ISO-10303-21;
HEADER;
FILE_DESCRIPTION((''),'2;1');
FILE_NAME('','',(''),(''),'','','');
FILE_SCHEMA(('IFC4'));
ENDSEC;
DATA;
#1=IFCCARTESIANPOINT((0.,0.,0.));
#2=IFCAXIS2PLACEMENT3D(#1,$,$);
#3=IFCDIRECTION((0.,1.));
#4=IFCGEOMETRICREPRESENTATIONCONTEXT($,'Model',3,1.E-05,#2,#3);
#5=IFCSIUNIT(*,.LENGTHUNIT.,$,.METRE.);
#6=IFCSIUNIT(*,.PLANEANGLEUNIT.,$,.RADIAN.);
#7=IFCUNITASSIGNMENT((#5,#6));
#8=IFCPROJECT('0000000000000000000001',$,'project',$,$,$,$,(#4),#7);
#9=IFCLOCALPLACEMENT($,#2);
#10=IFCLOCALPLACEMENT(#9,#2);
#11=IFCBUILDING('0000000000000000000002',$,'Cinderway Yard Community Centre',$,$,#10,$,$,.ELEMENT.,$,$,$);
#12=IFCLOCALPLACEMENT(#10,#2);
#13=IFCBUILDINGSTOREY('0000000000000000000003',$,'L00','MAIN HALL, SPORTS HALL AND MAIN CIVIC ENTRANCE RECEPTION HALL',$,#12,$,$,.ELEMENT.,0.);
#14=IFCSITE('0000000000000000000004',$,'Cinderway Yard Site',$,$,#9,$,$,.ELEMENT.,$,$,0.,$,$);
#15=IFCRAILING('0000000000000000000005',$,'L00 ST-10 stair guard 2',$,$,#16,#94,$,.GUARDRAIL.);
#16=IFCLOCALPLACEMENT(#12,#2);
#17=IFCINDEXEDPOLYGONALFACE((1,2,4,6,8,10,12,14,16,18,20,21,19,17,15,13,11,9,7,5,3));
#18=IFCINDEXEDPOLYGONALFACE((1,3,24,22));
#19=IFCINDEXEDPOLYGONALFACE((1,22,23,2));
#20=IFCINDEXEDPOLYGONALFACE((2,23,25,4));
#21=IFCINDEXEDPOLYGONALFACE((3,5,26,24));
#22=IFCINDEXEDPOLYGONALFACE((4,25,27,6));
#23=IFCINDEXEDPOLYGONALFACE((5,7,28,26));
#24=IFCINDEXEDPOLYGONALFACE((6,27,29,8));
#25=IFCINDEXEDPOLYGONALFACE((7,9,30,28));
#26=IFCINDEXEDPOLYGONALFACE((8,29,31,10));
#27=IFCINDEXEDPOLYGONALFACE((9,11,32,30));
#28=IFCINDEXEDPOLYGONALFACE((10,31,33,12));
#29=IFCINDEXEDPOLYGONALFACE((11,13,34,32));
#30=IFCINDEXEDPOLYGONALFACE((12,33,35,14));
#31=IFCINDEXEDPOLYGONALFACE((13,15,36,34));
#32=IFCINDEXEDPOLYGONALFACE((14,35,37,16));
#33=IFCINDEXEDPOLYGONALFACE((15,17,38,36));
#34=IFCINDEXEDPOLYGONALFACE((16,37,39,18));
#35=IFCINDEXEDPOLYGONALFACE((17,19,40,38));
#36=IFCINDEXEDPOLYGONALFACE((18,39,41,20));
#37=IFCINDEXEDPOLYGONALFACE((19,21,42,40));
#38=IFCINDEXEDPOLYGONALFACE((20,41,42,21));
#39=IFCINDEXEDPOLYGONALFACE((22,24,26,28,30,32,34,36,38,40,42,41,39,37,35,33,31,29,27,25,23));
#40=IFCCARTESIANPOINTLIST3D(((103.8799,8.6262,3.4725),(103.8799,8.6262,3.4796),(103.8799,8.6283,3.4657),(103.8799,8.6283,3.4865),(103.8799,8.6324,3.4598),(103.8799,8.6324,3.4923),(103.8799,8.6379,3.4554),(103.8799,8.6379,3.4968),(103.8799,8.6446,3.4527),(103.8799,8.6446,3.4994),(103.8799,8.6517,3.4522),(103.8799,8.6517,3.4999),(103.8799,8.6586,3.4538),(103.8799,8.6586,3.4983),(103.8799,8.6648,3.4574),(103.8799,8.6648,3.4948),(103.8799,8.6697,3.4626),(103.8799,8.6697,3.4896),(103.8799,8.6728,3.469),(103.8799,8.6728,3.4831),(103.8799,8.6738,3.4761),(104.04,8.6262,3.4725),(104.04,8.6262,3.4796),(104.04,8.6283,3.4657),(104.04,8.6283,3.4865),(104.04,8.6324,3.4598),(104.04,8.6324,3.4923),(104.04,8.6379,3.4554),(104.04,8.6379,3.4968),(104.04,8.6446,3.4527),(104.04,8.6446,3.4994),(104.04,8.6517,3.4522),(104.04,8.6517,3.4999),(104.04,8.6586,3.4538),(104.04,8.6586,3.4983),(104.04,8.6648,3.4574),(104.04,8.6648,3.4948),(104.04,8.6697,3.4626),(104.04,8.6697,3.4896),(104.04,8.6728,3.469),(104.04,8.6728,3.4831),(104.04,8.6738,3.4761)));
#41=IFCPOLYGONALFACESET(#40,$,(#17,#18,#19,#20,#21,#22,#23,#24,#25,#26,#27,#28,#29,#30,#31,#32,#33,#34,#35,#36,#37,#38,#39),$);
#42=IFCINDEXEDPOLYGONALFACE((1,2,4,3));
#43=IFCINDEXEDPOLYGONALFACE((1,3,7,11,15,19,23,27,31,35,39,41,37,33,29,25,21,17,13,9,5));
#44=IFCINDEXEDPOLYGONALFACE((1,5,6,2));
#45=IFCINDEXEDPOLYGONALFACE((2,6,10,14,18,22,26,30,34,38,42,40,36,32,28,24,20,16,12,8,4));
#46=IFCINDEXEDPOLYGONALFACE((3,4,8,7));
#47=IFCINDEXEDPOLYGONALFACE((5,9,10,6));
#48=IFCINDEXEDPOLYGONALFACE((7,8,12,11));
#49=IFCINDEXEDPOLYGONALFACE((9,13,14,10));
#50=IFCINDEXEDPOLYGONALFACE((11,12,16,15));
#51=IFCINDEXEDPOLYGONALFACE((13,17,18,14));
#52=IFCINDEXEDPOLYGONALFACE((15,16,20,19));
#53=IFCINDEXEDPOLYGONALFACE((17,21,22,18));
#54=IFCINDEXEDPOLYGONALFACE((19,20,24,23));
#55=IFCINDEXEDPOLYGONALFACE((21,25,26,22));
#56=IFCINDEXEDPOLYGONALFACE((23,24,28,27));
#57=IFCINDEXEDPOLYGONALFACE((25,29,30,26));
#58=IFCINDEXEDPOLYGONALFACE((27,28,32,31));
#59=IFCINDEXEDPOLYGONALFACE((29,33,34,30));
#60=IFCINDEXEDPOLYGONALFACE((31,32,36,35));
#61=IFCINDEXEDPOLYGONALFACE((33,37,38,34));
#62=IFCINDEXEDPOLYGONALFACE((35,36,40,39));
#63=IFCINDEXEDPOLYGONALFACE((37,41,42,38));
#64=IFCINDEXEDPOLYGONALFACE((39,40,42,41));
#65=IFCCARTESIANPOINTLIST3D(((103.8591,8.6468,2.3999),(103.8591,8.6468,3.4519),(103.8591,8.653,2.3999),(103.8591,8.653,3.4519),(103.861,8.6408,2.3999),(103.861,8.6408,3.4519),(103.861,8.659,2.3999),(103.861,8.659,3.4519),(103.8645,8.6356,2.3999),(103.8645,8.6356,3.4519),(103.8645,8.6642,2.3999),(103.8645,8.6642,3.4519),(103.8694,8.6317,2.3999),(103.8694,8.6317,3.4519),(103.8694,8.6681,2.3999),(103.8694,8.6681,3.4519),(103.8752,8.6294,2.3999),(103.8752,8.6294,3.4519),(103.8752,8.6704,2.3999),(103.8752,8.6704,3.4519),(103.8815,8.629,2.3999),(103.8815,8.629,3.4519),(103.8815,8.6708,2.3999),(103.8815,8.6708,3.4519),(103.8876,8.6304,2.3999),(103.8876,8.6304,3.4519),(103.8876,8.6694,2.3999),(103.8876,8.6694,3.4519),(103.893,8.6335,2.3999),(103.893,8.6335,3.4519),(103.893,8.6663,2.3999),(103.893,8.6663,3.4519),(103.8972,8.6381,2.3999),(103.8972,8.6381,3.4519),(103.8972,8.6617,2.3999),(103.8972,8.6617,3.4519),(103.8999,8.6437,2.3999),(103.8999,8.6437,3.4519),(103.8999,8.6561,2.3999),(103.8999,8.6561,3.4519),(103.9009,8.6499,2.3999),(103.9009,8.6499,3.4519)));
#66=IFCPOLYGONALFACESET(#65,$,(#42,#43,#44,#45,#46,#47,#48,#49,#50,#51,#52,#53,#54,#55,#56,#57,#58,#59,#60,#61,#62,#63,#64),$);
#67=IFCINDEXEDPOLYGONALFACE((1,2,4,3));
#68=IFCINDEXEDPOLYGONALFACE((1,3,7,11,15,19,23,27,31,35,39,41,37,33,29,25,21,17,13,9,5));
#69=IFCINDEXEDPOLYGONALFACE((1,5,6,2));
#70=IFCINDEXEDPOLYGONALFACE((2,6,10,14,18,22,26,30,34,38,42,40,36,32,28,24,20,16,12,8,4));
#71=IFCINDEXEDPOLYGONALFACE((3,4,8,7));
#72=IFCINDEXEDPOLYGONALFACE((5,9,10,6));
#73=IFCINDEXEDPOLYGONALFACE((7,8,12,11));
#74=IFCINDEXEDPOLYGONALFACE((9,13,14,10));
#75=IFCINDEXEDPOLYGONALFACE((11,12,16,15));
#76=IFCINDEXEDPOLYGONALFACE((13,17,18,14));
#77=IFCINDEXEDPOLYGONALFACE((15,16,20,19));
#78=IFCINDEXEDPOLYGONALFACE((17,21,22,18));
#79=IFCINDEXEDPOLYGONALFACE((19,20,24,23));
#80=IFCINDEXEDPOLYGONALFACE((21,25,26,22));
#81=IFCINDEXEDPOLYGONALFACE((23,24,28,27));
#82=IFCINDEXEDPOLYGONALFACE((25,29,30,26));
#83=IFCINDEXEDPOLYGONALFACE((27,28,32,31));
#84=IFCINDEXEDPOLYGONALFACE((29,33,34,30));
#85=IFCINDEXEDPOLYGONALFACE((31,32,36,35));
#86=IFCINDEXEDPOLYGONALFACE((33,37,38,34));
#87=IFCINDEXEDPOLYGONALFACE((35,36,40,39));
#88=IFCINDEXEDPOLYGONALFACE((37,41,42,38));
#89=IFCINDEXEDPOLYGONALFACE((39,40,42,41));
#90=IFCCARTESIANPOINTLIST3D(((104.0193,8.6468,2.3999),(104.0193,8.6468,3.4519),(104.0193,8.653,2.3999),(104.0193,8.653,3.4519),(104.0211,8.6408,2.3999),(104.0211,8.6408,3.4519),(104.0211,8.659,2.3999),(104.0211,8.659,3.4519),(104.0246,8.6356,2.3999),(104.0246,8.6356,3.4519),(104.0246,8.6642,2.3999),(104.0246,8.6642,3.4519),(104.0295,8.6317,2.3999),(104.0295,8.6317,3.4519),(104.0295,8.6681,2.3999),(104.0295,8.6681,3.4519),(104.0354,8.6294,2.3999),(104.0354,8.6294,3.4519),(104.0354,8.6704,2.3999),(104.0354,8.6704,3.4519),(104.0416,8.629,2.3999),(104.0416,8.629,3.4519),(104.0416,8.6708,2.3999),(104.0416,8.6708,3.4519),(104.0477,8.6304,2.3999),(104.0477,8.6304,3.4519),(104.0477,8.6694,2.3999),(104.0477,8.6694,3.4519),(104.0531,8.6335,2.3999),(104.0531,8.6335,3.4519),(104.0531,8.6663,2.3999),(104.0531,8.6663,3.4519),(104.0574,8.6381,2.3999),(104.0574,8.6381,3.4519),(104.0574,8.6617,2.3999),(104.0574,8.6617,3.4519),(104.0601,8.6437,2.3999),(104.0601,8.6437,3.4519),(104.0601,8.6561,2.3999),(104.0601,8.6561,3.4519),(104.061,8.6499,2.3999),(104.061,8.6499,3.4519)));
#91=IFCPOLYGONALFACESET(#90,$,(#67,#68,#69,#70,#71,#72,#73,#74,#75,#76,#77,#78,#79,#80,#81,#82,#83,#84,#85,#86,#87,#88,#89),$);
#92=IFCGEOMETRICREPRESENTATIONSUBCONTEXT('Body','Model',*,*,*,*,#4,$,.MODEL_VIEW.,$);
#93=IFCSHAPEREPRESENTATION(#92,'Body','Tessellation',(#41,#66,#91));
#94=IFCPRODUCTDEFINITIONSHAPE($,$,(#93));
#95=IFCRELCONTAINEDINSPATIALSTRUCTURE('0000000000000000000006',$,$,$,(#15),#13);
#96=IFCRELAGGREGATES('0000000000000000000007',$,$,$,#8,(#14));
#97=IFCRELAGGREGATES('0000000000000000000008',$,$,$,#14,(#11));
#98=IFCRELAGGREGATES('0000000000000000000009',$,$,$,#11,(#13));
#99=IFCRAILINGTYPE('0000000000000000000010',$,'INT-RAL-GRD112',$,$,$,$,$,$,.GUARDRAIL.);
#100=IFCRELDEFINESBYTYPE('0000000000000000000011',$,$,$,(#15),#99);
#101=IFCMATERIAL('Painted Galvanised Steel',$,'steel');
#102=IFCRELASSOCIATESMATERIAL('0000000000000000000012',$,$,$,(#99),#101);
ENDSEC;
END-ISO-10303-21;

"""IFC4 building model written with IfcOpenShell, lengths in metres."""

from ifc_helpers import new_model, si_unit, direction, frame, origin, origin_2d, place, context, subcontext, project, spatial, circle, extrude, material, type_object, element, save


model = new_model("IFC4")

# Units and contexts
model_context = context("Model", 3, precision=1e-05, world=origin(), true_north=direction((0.0, 1.0)))
body_context = subcontext(model_context, "Body", "Model", "MODEL_VIEW")
ifc_project = project(units=[si_unit("LENGTHUNIT", "METRE"), si_unit("PLANEANGLEUNIT", "RADIAN")], contexts=[model_context])

# Site, building, storey
site_placement = place(None, origin())
site = spatial("IfcSite", under=ifc_project, at=site_placement, Name="Cinderway Yard Site", CompositionType="ELEMENT", RefElevation=0.0)
building_placement = place(site_placement, origin())
building = spatial("IfcBuilding", under=site, at=building_placement, Name="Cinderway Yard Community Centre", CompositionType="ELEMENT")
storey_placement = place(building_placement, origin())
storey = spatial("IfcBuildingStorey", under=building, at=storey_placement, Name="L00", Description="MAIN HALL, SPORTS HALL AND MAIN CIVIC ENTRANCE RECEPTION HALL", CompositionType="ELEMENT", Elevation=0.0)

# Shared definitions
ifc_material_1 = material(Name="Painted Galvanised Steel", Category="steel")

# Railing
railing_type_1 = type_object("IfcRailingType", Name="INT-RAL-GRD112", PredefinedType="GUARDRAIL", material=ifc_material_1)
railing_1_placement = place(storey_placement, frame((103.8799, 8.6499, 2.3999)))
element("IfcRailing", 1, at=railing_1_placement, inside=storey, type_object=railing_type_1, Name="L00 ST-10 stair guard 2", PredefinedType="GUARDRAIL", context=body_context, shape_type="SweptSolid", body=[
    extrude(circle(Radius=0.0239, at=origin_2d()), frame((0.0, 0.0, 1.0762), z_axis=(1.0, 0.0, 0.0), x_axis=(0.0, 1.0, 0.0)), (0.0, 0.0, 1.0), 0.1602),
    extrude(circle(Radius=0.021, at=origin_2d()), origin(), (0.0, 0.0, 1.0), 1.052),
    extrude(circle(Radius=0.021, at=origin_2d()), frame((0.1602, 0.0, 0.0)), (0.0, 0.0, 1.0), 1.052),
])

save(model, "model.ifc")
